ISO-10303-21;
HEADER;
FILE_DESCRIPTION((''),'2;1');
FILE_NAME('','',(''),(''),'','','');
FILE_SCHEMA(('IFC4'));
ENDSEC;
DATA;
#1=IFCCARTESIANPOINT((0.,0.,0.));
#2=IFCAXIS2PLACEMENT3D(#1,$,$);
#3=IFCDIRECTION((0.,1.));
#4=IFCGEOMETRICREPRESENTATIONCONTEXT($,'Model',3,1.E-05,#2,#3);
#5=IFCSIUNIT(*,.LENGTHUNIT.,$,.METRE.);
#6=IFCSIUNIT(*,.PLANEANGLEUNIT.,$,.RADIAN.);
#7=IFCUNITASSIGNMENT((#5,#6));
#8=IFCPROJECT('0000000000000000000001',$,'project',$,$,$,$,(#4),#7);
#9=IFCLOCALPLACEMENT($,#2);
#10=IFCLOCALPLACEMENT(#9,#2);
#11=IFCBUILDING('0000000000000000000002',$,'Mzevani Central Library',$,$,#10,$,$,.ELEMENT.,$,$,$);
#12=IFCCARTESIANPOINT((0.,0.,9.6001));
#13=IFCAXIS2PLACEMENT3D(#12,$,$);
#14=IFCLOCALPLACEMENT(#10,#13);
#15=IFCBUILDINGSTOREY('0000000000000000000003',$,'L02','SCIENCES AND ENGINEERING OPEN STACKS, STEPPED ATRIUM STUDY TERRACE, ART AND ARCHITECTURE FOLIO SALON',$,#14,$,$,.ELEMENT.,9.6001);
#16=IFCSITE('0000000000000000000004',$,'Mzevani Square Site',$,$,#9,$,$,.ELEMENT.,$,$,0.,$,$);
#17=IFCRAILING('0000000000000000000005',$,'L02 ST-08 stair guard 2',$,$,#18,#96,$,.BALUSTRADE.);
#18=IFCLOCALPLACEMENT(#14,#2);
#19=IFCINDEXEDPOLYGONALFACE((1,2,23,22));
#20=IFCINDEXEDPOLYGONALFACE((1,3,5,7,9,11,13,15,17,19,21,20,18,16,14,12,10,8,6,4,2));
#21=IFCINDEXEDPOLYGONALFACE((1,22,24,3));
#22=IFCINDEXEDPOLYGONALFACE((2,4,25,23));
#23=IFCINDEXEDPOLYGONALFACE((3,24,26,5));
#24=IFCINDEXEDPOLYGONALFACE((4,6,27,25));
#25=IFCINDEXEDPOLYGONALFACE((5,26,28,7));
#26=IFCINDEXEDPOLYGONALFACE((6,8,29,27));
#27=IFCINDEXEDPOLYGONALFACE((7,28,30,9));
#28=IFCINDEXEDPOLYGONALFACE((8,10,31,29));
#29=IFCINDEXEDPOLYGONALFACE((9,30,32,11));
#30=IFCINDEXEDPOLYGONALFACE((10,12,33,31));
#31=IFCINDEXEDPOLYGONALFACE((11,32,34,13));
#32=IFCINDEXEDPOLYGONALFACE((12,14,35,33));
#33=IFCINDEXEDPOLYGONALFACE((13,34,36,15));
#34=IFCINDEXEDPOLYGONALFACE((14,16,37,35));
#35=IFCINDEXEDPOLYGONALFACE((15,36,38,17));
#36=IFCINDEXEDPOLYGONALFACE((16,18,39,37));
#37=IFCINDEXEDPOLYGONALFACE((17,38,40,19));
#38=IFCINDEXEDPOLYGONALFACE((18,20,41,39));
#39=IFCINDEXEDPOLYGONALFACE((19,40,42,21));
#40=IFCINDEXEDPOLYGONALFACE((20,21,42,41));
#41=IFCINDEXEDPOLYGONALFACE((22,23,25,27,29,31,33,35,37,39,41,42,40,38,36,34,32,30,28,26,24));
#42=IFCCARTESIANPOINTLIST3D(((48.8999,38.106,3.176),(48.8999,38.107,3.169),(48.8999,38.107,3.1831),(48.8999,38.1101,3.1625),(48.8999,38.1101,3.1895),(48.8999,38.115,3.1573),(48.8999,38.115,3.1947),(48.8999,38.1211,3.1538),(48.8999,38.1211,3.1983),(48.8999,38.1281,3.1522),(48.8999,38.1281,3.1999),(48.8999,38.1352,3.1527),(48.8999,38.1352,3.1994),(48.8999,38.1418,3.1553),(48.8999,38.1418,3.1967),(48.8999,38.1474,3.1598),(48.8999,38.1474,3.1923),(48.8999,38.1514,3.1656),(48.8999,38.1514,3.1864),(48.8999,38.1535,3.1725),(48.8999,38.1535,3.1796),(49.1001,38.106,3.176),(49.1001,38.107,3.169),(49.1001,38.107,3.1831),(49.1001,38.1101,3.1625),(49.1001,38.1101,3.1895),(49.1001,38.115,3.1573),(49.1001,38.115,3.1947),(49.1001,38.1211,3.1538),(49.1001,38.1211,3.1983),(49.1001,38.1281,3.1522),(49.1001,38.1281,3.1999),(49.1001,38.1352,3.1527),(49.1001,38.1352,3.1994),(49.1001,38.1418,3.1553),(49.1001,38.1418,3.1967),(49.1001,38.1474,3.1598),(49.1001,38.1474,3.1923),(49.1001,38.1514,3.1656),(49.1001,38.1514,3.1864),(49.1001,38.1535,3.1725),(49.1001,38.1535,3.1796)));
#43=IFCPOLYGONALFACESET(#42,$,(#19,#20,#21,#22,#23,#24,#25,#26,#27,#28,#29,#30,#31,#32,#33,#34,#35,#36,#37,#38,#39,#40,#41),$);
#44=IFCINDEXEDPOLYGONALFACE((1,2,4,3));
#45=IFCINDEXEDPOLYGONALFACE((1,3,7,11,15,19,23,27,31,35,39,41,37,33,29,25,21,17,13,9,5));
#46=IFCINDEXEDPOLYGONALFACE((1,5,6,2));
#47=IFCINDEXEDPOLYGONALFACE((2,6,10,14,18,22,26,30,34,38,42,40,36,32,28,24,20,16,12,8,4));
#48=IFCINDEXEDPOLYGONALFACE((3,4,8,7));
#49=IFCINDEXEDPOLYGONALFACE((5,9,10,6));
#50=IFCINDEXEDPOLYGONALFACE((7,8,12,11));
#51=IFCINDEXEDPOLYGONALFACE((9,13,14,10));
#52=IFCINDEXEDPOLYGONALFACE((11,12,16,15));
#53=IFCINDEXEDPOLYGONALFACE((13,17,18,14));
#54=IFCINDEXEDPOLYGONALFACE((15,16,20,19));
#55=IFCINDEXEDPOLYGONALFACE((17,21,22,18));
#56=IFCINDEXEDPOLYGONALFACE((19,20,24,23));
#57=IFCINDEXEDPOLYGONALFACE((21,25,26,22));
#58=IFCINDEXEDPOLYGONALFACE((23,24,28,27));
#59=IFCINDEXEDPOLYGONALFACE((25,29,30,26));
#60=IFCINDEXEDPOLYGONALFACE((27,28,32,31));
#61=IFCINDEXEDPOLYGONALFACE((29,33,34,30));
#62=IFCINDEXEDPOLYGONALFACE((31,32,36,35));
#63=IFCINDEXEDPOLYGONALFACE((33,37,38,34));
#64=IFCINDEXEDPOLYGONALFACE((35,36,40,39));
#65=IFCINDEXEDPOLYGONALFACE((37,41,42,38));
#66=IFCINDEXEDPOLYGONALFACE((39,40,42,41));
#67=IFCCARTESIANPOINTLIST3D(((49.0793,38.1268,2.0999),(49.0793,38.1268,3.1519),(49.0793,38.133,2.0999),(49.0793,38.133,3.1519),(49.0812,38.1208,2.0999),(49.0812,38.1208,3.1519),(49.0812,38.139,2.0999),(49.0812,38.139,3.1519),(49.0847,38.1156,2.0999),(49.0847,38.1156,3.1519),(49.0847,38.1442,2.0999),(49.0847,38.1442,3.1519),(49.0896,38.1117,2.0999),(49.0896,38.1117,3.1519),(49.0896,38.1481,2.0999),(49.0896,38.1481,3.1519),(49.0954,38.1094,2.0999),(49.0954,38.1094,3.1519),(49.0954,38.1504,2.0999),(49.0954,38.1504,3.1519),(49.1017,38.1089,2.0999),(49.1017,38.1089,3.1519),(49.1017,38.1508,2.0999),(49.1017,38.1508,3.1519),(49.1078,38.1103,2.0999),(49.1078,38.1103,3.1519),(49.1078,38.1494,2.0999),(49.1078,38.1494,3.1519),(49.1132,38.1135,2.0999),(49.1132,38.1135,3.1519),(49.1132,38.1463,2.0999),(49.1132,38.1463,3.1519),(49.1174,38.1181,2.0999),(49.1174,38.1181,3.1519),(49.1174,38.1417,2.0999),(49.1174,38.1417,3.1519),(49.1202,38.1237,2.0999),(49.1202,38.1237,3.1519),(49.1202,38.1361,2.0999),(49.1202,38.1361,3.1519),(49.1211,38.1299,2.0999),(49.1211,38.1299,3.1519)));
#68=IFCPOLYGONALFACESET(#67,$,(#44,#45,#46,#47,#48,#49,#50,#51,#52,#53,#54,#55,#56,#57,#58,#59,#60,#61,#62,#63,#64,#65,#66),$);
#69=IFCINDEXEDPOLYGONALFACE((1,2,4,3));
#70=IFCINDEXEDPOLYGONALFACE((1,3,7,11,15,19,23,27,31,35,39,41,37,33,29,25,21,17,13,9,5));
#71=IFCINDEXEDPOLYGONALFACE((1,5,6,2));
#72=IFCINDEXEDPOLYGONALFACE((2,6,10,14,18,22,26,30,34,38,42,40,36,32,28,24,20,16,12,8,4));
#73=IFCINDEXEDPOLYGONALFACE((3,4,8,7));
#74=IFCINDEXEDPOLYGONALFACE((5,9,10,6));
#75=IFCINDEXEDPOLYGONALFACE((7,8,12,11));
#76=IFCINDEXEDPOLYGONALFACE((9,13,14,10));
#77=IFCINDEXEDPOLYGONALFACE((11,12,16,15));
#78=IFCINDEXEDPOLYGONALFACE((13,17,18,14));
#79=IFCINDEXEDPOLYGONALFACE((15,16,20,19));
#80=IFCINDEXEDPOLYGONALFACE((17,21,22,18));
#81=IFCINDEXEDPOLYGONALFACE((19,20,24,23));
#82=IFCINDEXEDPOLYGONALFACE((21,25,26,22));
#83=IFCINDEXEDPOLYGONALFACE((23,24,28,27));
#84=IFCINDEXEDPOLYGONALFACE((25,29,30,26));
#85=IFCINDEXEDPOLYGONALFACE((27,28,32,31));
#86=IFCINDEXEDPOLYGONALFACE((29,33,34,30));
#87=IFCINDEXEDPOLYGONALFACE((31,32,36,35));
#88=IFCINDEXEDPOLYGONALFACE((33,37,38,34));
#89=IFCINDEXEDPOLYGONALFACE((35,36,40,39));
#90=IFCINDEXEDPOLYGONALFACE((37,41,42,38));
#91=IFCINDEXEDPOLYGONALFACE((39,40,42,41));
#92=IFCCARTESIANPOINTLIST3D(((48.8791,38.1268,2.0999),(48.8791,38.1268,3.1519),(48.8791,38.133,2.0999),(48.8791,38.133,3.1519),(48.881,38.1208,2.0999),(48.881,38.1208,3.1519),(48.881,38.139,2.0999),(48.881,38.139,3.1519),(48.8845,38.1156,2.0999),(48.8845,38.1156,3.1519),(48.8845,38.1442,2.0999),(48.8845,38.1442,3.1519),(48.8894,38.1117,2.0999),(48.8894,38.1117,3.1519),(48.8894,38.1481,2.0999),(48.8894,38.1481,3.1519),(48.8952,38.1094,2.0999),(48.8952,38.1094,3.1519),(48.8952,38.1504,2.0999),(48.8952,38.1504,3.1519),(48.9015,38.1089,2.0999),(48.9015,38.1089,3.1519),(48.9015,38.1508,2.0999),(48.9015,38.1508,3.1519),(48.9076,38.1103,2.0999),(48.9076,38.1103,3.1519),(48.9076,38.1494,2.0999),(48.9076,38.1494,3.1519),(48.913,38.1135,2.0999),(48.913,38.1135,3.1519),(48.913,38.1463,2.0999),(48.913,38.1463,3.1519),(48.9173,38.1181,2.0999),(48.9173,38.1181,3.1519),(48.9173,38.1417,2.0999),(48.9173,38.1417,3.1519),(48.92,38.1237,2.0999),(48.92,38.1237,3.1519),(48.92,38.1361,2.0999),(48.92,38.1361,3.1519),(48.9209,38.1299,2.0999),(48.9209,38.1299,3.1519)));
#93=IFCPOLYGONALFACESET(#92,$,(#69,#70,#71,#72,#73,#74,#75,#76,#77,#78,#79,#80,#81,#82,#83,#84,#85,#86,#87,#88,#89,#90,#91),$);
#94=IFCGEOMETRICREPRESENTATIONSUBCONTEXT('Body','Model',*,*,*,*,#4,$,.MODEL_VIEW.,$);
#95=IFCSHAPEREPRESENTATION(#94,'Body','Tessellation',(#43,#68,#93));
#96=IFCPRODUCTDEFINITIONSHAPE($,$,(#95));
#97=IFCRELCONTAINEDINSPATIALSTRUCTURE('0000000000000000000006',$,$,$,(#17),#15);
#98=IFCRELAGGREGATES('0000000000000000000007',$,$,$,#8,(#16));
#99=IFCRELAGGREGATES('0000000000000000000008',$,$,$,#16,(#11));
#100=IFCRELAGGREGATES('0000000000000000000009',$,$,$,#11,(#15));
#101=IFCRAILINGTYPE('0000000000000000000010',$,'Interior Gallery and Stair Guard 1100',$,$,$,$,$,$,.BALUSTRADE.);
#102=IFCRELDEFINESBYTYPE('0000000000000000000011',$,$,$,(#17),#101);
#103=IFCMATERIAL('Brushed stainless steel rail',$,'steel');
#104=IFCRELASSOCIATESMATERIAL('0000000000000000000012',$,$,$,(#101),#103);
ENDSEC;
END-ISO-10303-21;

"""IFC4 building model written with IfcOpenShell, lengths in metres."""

from ifc_helpers import new_model, si_unit, direction, frame, origin, origin_2d, place, context, subcontext, project, spatial, circle, extrude, material, type_object, element, save


model = new_model("IFC4")

# Units and contexts
model_context = context("Model", 3, precision=1e-05, world=origin(), true_north=direction((0.0, 1.0)))
body_context = subcontext(model_context, "Body", "Model", "MODEL_VIEW")
ifc_project = project(units=[si_unit("LENGTHUNIT", "METRE"), si_unit("PLANEANGLEUNIT", "RADIAN")], contexts=[model_context])

# Site, building, storey
site_placement = place(None, origin())
site = spatial("IfcSite", under=ifc_project, at=site_placement, Name="Mzevani Square Site", CompositionType="ELEMENT", RefElevation=0.0)
building_placement = place(site_placement, origin())
building = spatial("IfcBuilding", under=site, at=building_placement, Name="Mzevani Central Library", CompositionType="ELEMENT")
storey_placement = place(building_placement, frame((0.0, 0.0, 9.6001)))
storey = spatial("IfcBuildingStorey", under=building, at=storey_placement, Name="L02", Description="SCIENCES AND ENGINEERING OPEN STACKS, STEPPED ATRIUM STUDY TERRACE, ART AND ARCHITECTURE FOLIO SALON", CompositionType="ELEMENT", Elevation=9.6001)

# Railing
ifc_material_1 = material(Name="Brushed stainless steel rail", Category="steel")
railing_type_1 = type_object("IfcRailingType", Name="Interior Gallery and Stair Guard 1100", PredefinedType="BALUSTRADE", material=ifc_material_1)
railing_1_placement = place(storey_placement, frame((49.1001, 38.1299, 2.0999)))
element("IfcRailing", 1, at=railing_1_placement, inside=storey, type_object=railing_type_1, Name="L02 ST-08 stair guard 2", PredefinedType="BALUSTRADE", context=body_context, shape_type="SweptSolid", body=[
    extrude(circle(Radius=0.0239, at=origin_2d()), frame((0.0, 0.0, 1.0762), z_axis=(-1.0, 0.0, 0.0), x_axis=(0.0, -1.0, 0.0)), (0.0, 0.0, 1.0), 0.2002),
    extrude(circle(Radius=0.021, at=origin_2d()), origin(), (0.0, 0.0, 1.0), 1.052),
    extrude(circle(Radius=0.021, at=origin_2d()), frame((-0.2002, 0.0, 0.0)), (0.0, 0.0, 1.0), 1.052),
])

save(model, "model.ifc")
